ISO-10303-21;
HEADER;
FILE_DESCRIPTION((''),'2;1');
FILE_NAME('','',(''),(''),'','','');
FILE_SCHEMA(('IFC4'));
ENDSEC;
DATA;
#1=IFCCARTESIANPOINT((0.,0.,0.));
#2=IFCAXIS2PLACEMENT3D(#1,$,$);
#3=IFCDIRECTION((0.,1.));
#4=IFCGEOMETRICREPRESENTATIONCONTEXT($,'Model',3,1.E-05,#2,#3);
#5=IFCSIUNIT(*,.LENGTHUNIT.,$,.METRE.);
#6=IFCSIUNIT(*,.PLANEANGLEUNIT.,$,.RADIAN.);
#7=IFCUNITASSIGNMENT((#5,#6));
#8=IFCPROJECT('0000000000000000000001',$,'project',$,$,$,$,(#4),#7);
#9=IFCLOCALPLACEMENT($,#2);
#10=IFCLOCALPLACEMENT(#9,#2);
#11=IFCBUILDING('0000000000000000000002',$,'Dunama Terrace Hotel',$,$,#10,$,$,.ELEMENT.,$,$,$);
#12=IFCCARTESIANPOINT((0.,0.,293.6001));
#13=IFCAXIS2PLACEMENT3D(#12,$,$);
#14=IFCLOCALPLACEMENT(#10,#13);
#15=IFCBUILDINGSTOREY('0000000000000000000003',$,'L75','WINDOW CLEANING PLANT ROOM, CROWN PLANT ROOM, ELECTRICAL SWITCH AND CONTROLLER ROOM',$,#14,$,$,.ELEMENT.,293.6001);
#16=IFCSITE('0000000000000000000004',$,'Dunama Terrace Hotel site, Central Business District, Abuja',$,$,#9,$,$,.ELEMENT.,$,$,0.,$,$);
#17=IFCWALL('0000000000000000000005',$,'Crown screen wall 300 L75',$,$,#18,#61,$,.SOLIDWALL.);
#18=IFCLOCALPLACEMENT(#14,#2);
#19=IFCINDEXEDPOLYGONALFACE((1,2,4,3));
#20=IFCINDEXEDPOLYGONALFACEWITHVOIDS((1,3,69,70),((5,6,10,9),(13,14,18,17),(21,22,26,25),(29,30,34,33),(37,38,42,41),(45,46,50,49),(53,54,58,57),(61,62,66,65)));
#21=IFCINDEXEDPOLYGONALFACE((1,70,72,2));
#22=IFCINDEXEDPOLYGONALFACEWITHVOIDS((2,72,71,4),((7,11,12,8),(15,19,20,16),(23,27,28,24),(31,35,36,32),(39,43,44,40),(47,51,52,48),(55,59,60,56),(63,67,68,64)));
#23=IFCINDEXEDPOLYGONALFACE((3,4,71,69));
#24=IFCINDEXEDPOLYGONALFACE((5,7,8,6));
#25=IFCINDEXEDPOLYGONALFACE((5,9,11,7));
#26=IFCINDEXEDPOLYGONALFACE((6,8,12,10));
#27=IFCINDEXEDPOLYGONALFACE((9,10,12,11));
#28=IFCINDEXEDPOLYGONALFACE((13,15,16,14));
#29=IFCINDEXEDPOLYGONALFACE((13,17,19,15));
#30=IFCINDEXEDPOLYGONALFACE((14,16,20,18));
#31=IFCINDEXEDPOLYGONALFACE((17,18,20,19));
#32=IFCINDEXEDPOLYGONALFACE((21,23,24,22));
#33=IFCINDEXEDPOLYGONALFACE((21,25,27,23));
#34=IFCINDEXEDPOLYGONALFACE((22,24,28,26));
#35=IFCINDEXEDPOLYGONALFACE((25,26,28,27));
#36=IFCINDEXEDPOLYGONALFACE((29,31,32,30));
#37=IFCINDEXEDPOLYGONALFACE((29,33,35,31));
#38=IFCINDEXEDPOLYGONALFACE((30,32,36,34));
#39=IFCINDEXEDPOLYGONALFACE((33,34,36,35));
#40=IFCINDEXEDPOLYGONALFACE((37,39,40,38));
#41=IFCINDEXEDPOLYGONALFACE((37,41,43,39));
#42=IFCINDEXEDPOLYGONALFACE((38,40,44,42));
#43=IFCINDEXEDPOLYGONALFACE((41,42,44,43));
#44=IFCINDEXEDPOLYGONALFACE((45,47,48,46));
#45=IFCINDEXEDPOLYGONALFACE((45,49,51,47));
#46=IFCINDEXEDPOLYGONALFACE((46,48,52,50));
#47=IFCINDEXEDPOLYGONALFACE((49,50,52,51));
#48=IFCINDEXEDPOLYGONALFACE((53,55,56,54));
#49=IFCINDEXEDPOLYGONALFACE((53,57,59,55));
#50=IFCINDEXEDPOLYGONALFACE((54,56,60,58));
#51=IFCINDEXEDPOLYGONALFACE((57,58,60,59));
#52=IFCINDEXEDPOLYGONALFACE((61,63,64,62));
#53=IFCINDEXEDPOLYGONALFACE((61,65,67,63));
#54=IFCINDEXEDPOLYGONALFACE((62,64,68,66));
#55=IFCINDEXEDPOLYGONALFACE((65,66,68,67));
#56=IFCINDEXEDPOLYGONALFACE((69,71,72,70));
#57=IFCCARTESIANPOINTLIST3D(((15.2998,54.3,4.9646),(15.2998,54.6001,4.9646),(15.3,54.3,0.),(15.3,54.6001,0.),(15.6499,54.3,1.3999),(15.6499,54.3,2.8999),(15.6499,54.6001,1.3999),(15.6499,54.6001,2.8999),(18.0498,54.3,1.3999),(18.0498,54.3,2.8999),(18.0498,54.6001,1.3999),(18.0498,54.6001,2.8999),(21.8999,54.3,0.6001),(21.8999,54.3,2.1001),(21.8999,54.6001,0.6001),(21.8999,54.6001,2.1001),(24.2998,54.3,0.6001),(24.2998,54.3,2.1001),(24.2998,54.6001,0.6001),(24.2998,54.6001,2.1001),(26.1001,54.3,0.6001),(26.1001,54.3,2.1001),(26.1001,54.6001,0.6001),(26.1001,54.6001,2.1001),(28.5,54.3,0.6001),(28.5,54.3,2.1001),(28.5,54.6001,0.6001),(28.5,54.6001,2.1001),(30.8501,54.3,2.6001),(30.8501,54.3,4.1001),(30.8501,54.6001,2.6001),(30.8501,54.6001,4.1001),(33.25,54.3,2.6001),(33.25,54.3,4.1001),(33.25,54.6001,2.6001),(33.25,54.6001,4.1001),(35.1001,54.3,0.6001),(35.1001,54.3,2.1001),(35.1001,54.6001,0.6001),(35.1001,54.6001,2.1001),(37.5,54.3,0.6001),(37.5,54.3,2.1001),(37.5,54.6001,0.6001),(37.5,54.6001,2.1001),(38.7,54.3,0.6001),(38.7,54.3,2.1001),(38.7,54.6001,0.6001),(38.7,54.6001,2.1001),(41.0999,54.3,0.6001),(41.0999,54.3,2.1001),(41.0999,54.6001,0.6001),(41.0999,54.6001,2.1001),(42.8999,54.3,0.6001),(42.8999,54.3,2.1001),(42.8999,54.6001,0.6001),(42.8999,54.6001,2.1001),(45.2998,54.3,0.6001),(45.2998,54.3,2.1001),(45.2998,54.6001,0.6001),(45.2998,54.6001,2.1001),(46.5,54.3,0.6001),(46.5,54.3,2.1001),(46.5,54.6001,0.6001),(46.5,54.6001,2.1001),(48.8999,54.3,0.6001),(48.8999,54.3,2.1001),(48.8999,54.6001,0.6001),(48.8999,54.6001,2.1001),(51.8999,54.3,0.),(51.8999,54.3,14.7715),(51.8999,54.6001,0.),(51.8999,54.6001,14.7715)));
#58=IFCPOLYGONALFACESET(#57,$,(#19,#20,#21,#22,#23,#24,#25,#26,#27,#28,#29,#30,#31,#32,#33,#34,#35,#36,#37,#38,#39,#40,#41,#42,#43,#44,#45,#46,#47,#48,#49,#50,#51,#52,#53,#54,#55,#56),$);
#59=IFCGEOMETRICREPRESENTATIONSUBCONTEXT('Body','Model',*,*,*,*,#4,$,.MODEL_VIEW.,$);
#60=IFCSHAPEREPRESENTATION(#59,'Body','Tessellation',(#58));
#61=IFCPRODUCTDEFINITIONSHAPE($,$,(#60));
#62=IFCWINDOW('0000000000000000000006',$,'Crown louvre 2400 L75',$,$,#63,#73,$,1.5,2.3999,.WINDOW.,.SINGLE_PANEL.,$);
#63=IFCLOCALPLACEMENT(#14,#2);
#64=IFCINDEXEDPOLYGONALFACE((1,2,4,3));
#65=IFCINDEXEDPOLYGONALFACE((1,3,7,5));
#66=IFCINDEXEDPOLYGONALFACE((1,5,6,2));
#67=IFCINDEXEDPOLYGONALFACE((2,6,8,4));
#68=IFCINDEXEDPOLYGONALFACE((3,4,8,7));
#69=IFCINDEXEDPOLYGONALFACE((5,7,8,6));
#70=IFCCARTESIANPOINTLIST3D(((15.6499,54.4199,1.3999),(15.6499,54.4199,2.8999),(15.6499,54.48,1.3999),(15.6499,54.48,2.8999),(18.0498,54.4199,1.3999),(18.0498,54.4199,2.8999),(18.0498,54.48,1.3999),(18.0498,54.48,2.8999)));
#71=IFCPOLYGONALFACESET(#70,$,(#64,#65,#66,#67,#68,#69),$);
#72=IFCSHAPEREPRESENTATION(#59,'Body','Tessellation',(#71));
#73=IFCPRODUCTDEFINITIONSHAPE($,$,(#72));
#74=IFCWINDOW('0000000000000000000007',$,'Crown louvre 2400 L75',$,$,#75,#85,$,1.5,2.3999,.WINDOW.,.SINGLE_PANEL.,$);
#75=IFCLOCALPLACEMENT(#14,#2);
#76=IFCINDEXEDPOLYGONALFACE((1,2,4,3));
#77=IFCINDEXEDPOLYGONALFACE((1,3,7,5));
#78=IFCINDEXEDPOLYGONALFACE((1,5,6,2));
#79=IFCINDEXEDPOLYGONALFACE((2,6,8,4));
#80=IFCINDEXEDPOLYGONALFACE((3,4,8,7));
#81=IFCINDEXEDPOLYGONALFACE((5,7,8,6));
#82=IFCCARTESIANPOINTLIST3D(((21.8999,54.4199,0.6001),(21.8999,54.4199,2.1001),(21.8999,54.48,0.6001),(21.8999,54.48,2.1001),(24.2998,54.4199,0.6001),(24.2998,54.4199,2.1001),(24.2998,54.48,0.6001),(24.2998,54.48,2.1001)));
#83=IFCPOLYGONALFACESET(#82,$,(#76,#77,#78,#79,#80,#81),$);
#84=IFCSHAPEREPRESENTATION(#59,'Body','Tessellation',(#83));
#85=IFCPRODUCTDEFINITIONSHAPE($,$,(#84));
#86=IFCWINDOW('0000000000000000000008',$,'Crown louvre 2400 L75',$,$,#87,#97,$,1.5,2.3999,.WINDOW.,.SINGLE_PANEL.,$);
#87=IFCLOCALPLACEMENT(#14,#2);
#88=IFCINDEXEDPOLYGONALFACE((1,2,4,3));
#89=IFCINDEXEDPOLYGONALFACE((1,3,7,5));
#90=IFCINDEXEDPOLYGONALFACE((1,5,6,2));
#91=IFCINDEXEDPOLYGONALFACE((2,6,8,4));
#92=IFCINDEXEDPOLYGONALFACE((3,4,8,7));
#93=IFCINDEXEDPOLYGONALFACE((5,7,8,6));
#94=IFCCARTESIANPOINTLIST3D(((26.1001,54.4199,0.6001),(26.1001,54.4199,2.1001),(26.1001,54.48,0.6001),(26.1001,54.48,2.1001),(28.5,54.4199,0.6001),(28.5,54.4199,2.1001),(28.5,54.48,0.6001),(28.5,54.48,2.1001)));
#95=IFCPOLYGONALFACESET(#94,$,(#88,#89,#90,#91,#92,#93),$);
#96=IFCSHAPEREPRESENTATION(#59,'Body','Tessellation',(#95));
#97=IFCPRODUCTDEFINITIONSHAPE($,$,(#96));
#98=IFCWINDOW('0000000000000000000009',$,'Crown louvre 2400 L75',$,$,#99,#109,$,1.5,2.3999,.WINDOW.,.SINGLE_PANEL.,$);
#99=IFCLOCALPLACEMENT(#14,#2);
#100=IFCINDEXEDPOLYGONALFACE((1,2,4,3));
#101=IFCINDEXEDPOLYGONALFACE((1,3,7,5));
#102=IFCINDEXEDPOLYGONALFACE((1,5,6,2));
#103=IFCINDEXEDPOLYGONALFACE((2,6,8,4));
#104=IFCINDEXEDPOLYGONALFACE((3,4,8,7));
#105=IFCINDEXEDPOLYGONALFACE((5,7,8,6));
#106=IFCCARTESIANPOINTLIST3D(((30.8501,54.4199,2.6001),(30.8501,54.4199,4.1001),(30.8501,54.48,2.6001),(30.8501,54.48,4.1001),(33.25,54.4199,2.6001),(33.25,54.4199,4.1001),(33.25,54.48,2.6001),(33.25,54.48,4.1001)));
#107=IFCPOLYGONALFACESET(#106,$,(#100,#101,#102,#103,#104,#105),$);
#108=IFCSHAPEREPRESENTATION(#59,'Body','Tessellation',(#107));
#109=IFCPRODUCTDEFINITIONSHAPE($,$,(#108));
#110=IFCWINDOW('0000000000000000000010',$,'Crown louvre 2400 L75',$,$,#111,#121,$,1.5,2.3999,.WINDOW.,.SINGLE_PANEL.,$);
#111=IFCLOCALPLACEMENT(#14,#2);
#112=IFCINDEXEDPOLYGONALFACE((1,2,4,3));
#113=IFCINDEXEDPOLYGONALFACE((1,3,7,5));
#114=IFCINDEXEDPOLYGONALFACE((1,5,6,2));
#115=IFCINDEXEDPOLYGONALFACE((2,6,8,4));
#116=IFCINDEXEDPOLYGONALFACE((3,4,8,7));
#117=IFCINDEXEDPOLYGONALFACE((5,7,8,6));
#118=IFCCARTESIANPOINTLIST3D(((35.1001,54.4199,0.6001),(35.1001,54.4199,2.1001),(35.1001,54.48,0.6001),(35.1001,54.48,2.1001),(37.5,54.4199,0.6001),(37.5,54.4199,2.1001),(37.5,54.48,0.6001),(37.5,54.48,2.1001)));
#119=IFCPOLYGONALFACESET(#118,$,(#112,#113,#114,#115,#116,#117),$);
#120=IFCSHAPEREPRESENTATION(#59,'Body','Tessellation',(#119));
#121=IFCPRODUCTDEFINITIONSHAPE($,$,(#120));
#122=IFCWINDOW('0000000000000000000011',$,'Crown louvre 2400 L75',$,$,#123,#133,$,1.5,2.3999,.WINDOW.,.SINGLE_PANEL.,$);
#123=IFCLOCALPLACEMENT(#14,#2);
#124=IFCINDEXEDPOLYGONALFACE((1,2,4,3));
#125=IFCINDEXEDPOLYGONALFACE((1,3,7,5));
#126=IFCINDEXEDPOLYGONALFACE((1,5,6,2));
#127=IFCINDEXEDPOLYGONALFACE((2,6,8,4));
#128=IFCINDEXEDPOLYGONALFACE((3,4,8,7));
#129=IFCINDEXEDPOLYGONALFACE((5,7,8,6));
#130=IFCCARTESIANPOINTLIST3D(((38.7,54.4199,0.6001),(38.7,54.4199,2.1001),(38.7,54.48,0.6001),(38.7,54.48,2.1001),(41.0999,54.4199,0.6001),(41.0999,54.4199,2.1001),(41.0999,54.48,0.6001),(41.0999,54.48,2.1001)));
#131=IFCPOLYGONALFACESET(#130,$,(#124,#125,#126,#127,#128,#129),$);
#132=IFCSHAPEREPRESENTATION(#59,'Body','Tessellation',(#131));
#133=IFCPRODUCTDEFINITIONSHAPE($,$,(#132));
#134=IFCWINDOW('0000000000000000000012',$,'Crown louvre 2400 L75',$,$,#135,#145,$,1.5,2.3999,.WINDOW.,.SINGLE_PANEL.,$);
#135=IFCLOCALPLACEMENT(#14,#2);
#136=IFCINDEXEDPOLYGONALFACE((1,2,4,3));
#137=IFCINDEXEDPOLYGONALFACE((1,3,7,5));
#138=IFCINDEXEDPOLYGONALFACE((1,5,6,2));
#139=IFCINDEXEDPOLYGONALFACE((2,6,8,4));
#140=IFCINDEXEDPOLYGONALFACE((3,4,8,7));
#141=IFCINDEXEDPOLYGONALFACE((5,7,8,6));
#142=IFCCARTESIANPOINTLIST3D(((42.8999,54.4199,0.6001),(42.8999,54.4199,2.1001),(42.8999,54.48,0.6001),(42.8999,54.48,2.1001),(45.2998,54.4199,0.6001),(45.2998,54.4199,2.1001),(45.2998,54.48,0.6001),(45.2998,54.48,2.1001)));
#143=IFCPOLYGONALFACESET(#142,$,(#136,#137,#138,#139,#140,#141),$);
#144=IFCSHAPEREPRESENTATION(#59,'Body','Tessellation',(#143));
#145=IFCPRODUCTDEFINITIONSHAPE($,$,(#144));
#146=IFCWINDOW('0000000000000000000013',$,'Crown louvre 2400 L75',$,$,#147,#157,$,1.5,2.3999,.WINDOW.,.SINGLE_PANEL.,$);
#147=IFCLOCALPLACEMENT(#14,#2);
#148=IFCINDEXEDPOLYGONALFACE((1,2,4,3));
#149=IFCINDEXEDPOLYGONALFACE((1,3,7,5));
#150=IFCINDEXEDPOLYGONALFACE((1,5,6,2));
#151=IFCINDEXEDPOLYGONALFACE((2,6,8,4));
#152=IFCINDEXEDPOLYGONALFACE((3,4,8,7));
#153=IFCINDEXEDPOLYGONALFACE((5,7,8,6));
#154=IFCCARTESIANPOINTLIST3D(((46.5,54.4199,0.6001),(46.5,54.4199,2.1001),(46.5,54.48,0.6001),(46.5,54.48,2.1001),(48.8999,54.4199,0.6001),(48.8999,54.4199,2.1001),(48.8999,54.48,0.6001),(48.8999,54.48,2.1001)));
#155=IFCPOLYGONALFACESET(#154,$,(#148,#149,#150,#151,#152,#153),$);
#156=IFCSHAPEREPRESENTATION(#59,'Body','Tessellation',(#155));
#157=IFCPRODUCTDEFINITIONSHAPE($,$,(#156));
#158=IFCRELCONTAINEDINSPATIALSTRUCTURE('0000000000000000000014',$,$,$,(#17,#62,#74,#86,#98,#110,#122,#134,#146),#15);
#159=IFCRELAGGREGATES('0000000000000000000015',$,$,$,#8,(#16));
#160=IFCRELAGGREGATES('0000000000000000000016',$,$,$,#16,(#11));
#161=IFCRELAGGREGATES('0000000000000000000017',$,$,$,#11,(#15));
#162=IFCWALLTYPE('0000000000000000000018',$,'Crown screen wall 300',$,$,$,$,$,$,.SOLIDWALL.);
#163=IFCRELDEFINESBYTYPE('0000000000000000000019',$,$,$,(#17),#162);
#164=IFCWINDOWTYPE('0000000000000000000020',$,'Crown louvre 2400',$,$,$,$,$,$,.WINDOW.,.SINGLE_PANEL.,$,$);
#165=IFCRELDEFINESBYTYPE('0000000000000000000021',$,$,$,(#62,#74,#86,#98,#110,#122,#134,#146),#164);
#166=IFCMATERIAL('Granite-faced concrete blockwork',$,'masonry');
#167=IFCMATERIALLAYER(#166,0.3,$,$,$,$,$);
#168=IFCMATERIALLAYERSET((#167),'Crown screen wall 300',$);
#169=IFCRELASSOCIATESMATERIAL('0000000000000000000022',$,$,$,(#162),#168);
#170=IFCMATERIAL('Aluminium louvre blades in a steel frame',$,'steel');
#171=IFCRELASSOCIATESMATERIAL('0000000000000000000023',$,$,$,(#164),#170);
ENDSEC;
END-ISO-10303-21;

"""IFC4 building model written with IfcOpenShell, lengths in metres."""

from ifc_helpers import new_model, si_unit, direction, frame, frame_2d, origin, place, context, subcontext, project, spatial, polyline, rectangle, outline, extrude, material, layer, layer_set, type_object, element, fill, save


model = new_model("IFC4")

# Units and contexts
model_context = context("Model", 3, precision=1e-05, world=origin(), true_north=direction((0.0, 1.0)))
body_context = subcontext(model_context, "Body", "Model", "MODEL_VIEW")
ifc_project = project(units=[si_unit("LENGTHUNIT", "METRE"), si_unit("PLANEANGLEUNIT", "RADIAN")], contexts=[model_context])

# Site, building, storey
site_placement = place(None, origin())
site = spatial("IfcSite", under=ifc_project, at=site_placement, Name="Dunama Terrace Hotel site, Central Business District, Abuja", CompositionType="ELEMENT", RefElevation=0.0)
building_placement = place(site_placement, origin())
building = spatial("IfcBuilding", under=site, at=building_placement, Name="Dunama Terrace Hotel", CompositionType="ELEMENT")
storey_placement = place(building_placement, frame((0.0, 0.0, 293.6001)))
storey = spatial("IfcBuildingStorey", under=building, at=storey_placement, Name="L75", Description="WINDOW CLEANING PLANT ROOM, CROWN PLANT ROOM, ELECTRICAL SWITCH AND CONTROLLER ROOM", CompositionType="ELEMENT", Elevation=293.6001)

# Shared definitions
ifc_material_1 = material(Name="Granite-faced concrete blockwork", Category="masonry")
ifc_layer_1 = layer(ifc_material_1, 0.3)
ifc_layer_set_1 = layer_set([ifc_layer_1], Name="Crown screen wall 300")
wall_type_1 = type_object("IfcWallType", Name="Crown screen wall 300", PredefinedType="SOLIDWALL", material=ifc_layer_set_1)

# Wall, openings, windows
wall_1_placement = place(storey_placement, frame((51.8999, 54.45, 0.0), z_axis=(0.0, 0.0, 1.0), x_axis=(-1.0, 0.0, 0.0)))
wall_1 = element("IfcWall", 1, at=wall_1_placement, inside=storey, type_object=wall_type_1, Name="Crown screen wall 300 L75", PredefinedType="SOLIDWALL", context=body_context, shape_type="SweptSolid", body=[
    extrude(outline(polyline([(0.0, 0.0), (36.5999, 0.0), (36.6001, 4.9646), (0.0, 14.7715), (0.0, 0.0)])), frame((0.0, 0.1499, 0.0), z_axis=(0.0, -1.0, 0.0), x_axis=(1.0, 0.0, 0.0)), (0.0, 0.0, 1.0), 0.3),
])
opening_1_placement = place(wall_1_placement, frame((33.8501, 0.0, 1.3999)))
opening_1 = element("IfcOpeningElement", 2, at=opening_1_placement, cuts=wall_1, PredefinedType="OPENING", context=body_context, shape_type="SweptSolid", body=[
    extrude(rectangle(XDim=2.3999, YDim=1.5, at=frame_2d((1.2, 0.75))), frame((0.0, 0.1599, 0.0), z_axis=(0.0, -1.0, 0.0), x_axis=(1.0, 0.0, 0.0)), (0.0, 0.0, 1.0), 0.3201),
])
opening_2_placement = place(wall_1_placement, frame((27.6001, 0.0, 0.6001)))
opening_2 = element("IfcOpeningElement", 3, at=opening_2_placement, cuts=wall_1, PredefinedType="OPENING", context=body_context, shape_type="SweptSolid", body=[
    extrude(rectangle(XDim=2.3999, YDim=1.5, at=frame_2d((1.2, 0.75))), frame((0.0, 0.1599, 0.0), z_axis=(0.0, -1.0, 0.0), x_axis=(1.0, 0.0, 0.0)), (0.0, 0.0, 1.0), 0.3201),
])
opening_3_placement = place(wall_1_placement, frame((23.3999, 0.0, 0.6001)))
opening_3 = element("IfcOpeningElement", 4, at=opening_3_placement, cuts=wall_1, PredefinedType="OPENING", context=body_context, shape_type="SweptSolid", body=[
    extrude(rectangle(XDim=2.3999, YDim=1.5, at=frame_2d((1.2, 0.75))), frame((0.0, 0.1599, 0.0), z_axis=(0.0, -1.0, 0.0), x_axis=(1.0, 0.0, 0.0)), (0.0, 0.0, 1.0), 0.3201),
])
opening_4_placement = place(wall_1_placement, frame((18.6499, 0.0, 2.6001)))
opening_4 = element("IfcOpeningElement", 5, at=opening_4_placement, cuts=wall_1, PredefinedType="OPENING", context=body_context, shape_type="SweptSolid", body=[
    extrude(rectangle(XDim=2.3999, YDim=1.5, at=frame_2d((1.2, 0.75))), frame((0.0, 0.1599, 0.0), z_axis=(0.0, -1.0, 0.0), x_axis=(1.0, 0.0, 0.0)), (0.0, 0.0, 1.0), 0.3201),
])
opening_5_placement = place(wall_1_placement, frame((14.3999, 0.0, 0.6001)))
opening_5 = element("IfcOpeningElement", 6, at=opening_5_placement, cuts=wall_1, PredefinedType="OPENING", context=body_context, shape_type="SweptSolid", body=[
    extrude(rectangle(XDim=2.3999, YDim=1.5, at=frame_2d((1.2, 0.75))), frame((0.0, 0.1599, 0.0), z_axis=(0.0, -1.0, 0.0), x_axis=(1.0, 0.0, 0.0)), (0.0, 0.0, 1.0), 0.3201),
])
opening_6_placement = place(wall_1_placement, frame((10.8, 0.0, 0.6001)))
opening_6 = element("IfcOpeningElement", 7, at=opening_6_placement, cuts=wall_1, PredefinedType="OPENING", context=body_context, shape_type="SweptSolid", body=[
    extrude(rectangle(XDim=2.3999, YDim=1.5, at=frame_2d((1.2, 0.75))), frame((0.0, 0.1599, 0.0), z_axis=(0.0, -1.0, 0.0), x_axis=(1.0, 0.0, 0.0)), (0.0, 0.0, 1.0), 0.3201),
])
opening_7_placement = place(wall_1_placement, frame((6.6001, 0.0, 0.6001)))
opening_7 = element("IfcOpeningElement", 8, at=opening_7_placement, cuts=wall_1, PredefinedType="OPENING", context=body_context, shape_type="SweptSolid", body=[
    extrude(rectangle(XDim=2.3999, YDim=1.5, at=frame_2d((1.2, 0.75))), frame((0.0, 0.1599, 0.0), z_axis=(0.0, -1.0, 0.0), x_axis=(1.0, 0.0, 0.0)), (0.0, 0.0, 1.0), 0.3201),
])
opening_8_placement = place(wall_1_placement, frame((3.0, 0.0, 0.6001)))
opening_8 = element("IfcOpeningElement", 9, at=opening_8_placement, cuts=wall_1, PredefinedType="OPENING", context=body_context, shape_type="SweptSolid", body=[
    extrude(rectangle(XDim=2.3999, YDim=1.5, at=frame_2d((1.2, 0.75))), frame((0.0, 0.1599, 0.0), z_axis=(0.0, -1.0, 0.0), x_axis=(1.0, 0.0, 0.0)), (0.0, 0.0, 1.0), 0.3201),
])
ifc_material_2 = material(Name="Aluminium louvre blades in a steel frame", Category="steel")
window_type = type_object("IfcWindowType", Name="Crown louvre 2400", PartitioningType="SINGLE_PANEL", PredefinedType="WINDOW", material=ifc_material_2)
window_1_placement = place(opening_1_placement, origin())
window_1 = element("IfcWindow", 10, at=window_1_placement, inside=storey, type_object=window_type, Name="Crown louvre 2400 L75", OverallHeight=1.5, OverallWidth=2.3999, PartitioningType="SINGLE_PANEL", PredefinedType="WINDOW", context=body_context, shape_type="SweptSolid", body=[
    extrude(rectangle(XDim=2.3999, YDim=1.5, at=frame_2d((1.2, 0.75))), frame((0.0, 0.03, 0.0), z_axis=(0.0, -1.0, 0.0), x_axis=(1.0, 0.0, 0.0)), (0.0, 0.0, 1.0), 0.0601),
])
fill(opening_1, window_1)
window_2_placement = place(opening_2_placement, origin())
window_2 = element("IfcWindow", 11, at=window_2_placement, inside=storey, type_object=window_type, Name="Crown louvre 2400 L75", OverallHeight=1.5, OverallWidth=2.3999, PartitioningType="SINGLE_PANEL", PredefinedType="WINDOW", context=body_context, shape_type="SweptSolid", body=[
    extrude(rectangle(XDim=2.3999, YDim=1.5, at=frame_2d((1.2, 0.75))), frame((0.0, 0.03, 0.0), z_axis=(0.0, -1.0, 0.0), x_axis=(1.0, 0.0, 0.0)), (0.0, 0.0, 1.0), 0.0601),
])
fill(opening_2, window_2)
window_3_placement = place(opening_3_placement, origin())
window_3 = element("IfcWindow", 12, at=window_3_placement, inside=storey, type_object=window_type, Name="Crown louvre 2400 L75", OverallHeight=1.5, OverallWidth=2.3999, PartitioningType="SINGLE_PANEL", PredefinedType="WINDOW", context=body_context, shape_type="SweptSolid", body=[
    extrude(rectangle(XDim=2.3999, YDim=1.5, at=frame_2d((1.2, 0.75))), frame((0.0, 0.03, 0.0), z_axis=(0.0, -1.0, 0.0), x_axis=(1.0, 0.0, 0.0)), (0.0, 0.0, 1.0), 0.0601),
])
fill(opening_3, window_3)
window_4_placement = place(opening_4_placement, origin())
window_4 = element("IfcWindow", 13, at=window_4_placement, inside=storey, type_object=window_type, Name="Crown louvre 2400 L75", OverallHeight=1.5, OverallWidth=2.3999, PartitioningType="SINGLE_PANEL", PredefinedType="WINDOW", context=body_context, shape_type="SweptSolid", body=[
    extrude(rectangle(XDim=2.3999, YDim=1.5, at=frame_2d((1.2, 0.75))), frame((0.0, 0.03, 0.0), z_axis=(0.0, -1.0, 0.0), x_axis=(1.0, 0.0, 0.0)), (0.0, 0.0, 1.0), 0.0601),
])
fill(opening_4, window_4)
window_5_placement = place(opening_5_placement, origin())
window_5 = element("IfcWindow", 14, at=window_5_placement, inside=storey, type_object=window_type, Name="Crown louvre 2400 L75", OverallHeight=1.5, OverallWidth=2.3999, PartitioningType="SINGLE_PANEL", PredefinedType="WINDOW", context=body_context, shape_type="SweptSolid", body=[
    extrude(rectangle(XDim=2.3999, YDim=1.5, at=frame_2d((1.2, 0.75))), frame((0.0, 0.03, 0.0), z_axis=(0.0, -1.0, 0.0), x_axis=(1.0, 0.0, 0.0)), (0.0, 0.0, 1.0), 0.0601),
])
fill(opening_5, window_5)
window_6_placement = place(opening_6_placement, origin())
window_6 = element("IfcWindow", 15, at=window_6_placement, inside=storey, type_object=window_type, Name="Crown louvre 2400 L75", OverallHeight=1.5, OverallWidth=2.3999, PartitioningType="SINGLE_PANEL", PredefinedType="WINDOW", context=body_context, shape_type="SweptSolid", body=[
    extrude(rectangle(XDim=2.3999, YDim=1.5, at=frame_2d((1.2, 0.75))), frame((0.0, 0.03, 0.0), z_axis=(0.0, -1.0, 0.0), x_axis=(1.0, 0.0, 0.0)), (0.0, 0.0, 1.0), 0.0601),
])
fill(opening_6, window_6)
window_7_placement = place(opening_7_placement, origin())
window_7 = element("IfcWindow", 16, at=window_7_placement, inside=storey, type_object=window_type, Name="Crown louvre 2400 L75", OverallHeight=1.5, OverallWidth=2.3999, PartitioningType="SINGLE_PANEL", PredefinedType="WINDOW", context=body_context, shape_type="SweptSolid", body=[
    extrude(rectangle(XDim=2.3999, YDim=1.5, at=frame_2d((1.2, 0.75))), frame((0.0, 0.03, 0.0), z_axis=(0.0, -1.0, 0.0), x_axis=(1.0, 0.0, 0.0)), (0.0, 0.0, 1.0), 0.0601),
])
fill(opening_7, window_7)
window_8_placement = place(opening_8_placement, origin())
window_8 = element("IfcWindow", 17, at=window_8_placement, inside=storey, type_object=window_type, Name="Crown louvre 2400 L75", OverallHeight=1.5, OverallWidth=2.3999, PartitioningType="SINGLE_PANEL", PredefinedType="WINDOW", context=body_context, shape_type="SweptSolid", body=[
    extrude(rectangle(XDim=2.3999, YDim=1.5, at=frame_2d((1.2, 0.75))), frame((0.0, 0.03, 0.0), z_axis=(0.0, -1.0, 0.0), x_axis=(1.0, 0.0, 0.0)), (0.0, 0.0, 1.0), 0.0601),
])
fill(opening_8, window_8)

save(model, "model.ifc")
